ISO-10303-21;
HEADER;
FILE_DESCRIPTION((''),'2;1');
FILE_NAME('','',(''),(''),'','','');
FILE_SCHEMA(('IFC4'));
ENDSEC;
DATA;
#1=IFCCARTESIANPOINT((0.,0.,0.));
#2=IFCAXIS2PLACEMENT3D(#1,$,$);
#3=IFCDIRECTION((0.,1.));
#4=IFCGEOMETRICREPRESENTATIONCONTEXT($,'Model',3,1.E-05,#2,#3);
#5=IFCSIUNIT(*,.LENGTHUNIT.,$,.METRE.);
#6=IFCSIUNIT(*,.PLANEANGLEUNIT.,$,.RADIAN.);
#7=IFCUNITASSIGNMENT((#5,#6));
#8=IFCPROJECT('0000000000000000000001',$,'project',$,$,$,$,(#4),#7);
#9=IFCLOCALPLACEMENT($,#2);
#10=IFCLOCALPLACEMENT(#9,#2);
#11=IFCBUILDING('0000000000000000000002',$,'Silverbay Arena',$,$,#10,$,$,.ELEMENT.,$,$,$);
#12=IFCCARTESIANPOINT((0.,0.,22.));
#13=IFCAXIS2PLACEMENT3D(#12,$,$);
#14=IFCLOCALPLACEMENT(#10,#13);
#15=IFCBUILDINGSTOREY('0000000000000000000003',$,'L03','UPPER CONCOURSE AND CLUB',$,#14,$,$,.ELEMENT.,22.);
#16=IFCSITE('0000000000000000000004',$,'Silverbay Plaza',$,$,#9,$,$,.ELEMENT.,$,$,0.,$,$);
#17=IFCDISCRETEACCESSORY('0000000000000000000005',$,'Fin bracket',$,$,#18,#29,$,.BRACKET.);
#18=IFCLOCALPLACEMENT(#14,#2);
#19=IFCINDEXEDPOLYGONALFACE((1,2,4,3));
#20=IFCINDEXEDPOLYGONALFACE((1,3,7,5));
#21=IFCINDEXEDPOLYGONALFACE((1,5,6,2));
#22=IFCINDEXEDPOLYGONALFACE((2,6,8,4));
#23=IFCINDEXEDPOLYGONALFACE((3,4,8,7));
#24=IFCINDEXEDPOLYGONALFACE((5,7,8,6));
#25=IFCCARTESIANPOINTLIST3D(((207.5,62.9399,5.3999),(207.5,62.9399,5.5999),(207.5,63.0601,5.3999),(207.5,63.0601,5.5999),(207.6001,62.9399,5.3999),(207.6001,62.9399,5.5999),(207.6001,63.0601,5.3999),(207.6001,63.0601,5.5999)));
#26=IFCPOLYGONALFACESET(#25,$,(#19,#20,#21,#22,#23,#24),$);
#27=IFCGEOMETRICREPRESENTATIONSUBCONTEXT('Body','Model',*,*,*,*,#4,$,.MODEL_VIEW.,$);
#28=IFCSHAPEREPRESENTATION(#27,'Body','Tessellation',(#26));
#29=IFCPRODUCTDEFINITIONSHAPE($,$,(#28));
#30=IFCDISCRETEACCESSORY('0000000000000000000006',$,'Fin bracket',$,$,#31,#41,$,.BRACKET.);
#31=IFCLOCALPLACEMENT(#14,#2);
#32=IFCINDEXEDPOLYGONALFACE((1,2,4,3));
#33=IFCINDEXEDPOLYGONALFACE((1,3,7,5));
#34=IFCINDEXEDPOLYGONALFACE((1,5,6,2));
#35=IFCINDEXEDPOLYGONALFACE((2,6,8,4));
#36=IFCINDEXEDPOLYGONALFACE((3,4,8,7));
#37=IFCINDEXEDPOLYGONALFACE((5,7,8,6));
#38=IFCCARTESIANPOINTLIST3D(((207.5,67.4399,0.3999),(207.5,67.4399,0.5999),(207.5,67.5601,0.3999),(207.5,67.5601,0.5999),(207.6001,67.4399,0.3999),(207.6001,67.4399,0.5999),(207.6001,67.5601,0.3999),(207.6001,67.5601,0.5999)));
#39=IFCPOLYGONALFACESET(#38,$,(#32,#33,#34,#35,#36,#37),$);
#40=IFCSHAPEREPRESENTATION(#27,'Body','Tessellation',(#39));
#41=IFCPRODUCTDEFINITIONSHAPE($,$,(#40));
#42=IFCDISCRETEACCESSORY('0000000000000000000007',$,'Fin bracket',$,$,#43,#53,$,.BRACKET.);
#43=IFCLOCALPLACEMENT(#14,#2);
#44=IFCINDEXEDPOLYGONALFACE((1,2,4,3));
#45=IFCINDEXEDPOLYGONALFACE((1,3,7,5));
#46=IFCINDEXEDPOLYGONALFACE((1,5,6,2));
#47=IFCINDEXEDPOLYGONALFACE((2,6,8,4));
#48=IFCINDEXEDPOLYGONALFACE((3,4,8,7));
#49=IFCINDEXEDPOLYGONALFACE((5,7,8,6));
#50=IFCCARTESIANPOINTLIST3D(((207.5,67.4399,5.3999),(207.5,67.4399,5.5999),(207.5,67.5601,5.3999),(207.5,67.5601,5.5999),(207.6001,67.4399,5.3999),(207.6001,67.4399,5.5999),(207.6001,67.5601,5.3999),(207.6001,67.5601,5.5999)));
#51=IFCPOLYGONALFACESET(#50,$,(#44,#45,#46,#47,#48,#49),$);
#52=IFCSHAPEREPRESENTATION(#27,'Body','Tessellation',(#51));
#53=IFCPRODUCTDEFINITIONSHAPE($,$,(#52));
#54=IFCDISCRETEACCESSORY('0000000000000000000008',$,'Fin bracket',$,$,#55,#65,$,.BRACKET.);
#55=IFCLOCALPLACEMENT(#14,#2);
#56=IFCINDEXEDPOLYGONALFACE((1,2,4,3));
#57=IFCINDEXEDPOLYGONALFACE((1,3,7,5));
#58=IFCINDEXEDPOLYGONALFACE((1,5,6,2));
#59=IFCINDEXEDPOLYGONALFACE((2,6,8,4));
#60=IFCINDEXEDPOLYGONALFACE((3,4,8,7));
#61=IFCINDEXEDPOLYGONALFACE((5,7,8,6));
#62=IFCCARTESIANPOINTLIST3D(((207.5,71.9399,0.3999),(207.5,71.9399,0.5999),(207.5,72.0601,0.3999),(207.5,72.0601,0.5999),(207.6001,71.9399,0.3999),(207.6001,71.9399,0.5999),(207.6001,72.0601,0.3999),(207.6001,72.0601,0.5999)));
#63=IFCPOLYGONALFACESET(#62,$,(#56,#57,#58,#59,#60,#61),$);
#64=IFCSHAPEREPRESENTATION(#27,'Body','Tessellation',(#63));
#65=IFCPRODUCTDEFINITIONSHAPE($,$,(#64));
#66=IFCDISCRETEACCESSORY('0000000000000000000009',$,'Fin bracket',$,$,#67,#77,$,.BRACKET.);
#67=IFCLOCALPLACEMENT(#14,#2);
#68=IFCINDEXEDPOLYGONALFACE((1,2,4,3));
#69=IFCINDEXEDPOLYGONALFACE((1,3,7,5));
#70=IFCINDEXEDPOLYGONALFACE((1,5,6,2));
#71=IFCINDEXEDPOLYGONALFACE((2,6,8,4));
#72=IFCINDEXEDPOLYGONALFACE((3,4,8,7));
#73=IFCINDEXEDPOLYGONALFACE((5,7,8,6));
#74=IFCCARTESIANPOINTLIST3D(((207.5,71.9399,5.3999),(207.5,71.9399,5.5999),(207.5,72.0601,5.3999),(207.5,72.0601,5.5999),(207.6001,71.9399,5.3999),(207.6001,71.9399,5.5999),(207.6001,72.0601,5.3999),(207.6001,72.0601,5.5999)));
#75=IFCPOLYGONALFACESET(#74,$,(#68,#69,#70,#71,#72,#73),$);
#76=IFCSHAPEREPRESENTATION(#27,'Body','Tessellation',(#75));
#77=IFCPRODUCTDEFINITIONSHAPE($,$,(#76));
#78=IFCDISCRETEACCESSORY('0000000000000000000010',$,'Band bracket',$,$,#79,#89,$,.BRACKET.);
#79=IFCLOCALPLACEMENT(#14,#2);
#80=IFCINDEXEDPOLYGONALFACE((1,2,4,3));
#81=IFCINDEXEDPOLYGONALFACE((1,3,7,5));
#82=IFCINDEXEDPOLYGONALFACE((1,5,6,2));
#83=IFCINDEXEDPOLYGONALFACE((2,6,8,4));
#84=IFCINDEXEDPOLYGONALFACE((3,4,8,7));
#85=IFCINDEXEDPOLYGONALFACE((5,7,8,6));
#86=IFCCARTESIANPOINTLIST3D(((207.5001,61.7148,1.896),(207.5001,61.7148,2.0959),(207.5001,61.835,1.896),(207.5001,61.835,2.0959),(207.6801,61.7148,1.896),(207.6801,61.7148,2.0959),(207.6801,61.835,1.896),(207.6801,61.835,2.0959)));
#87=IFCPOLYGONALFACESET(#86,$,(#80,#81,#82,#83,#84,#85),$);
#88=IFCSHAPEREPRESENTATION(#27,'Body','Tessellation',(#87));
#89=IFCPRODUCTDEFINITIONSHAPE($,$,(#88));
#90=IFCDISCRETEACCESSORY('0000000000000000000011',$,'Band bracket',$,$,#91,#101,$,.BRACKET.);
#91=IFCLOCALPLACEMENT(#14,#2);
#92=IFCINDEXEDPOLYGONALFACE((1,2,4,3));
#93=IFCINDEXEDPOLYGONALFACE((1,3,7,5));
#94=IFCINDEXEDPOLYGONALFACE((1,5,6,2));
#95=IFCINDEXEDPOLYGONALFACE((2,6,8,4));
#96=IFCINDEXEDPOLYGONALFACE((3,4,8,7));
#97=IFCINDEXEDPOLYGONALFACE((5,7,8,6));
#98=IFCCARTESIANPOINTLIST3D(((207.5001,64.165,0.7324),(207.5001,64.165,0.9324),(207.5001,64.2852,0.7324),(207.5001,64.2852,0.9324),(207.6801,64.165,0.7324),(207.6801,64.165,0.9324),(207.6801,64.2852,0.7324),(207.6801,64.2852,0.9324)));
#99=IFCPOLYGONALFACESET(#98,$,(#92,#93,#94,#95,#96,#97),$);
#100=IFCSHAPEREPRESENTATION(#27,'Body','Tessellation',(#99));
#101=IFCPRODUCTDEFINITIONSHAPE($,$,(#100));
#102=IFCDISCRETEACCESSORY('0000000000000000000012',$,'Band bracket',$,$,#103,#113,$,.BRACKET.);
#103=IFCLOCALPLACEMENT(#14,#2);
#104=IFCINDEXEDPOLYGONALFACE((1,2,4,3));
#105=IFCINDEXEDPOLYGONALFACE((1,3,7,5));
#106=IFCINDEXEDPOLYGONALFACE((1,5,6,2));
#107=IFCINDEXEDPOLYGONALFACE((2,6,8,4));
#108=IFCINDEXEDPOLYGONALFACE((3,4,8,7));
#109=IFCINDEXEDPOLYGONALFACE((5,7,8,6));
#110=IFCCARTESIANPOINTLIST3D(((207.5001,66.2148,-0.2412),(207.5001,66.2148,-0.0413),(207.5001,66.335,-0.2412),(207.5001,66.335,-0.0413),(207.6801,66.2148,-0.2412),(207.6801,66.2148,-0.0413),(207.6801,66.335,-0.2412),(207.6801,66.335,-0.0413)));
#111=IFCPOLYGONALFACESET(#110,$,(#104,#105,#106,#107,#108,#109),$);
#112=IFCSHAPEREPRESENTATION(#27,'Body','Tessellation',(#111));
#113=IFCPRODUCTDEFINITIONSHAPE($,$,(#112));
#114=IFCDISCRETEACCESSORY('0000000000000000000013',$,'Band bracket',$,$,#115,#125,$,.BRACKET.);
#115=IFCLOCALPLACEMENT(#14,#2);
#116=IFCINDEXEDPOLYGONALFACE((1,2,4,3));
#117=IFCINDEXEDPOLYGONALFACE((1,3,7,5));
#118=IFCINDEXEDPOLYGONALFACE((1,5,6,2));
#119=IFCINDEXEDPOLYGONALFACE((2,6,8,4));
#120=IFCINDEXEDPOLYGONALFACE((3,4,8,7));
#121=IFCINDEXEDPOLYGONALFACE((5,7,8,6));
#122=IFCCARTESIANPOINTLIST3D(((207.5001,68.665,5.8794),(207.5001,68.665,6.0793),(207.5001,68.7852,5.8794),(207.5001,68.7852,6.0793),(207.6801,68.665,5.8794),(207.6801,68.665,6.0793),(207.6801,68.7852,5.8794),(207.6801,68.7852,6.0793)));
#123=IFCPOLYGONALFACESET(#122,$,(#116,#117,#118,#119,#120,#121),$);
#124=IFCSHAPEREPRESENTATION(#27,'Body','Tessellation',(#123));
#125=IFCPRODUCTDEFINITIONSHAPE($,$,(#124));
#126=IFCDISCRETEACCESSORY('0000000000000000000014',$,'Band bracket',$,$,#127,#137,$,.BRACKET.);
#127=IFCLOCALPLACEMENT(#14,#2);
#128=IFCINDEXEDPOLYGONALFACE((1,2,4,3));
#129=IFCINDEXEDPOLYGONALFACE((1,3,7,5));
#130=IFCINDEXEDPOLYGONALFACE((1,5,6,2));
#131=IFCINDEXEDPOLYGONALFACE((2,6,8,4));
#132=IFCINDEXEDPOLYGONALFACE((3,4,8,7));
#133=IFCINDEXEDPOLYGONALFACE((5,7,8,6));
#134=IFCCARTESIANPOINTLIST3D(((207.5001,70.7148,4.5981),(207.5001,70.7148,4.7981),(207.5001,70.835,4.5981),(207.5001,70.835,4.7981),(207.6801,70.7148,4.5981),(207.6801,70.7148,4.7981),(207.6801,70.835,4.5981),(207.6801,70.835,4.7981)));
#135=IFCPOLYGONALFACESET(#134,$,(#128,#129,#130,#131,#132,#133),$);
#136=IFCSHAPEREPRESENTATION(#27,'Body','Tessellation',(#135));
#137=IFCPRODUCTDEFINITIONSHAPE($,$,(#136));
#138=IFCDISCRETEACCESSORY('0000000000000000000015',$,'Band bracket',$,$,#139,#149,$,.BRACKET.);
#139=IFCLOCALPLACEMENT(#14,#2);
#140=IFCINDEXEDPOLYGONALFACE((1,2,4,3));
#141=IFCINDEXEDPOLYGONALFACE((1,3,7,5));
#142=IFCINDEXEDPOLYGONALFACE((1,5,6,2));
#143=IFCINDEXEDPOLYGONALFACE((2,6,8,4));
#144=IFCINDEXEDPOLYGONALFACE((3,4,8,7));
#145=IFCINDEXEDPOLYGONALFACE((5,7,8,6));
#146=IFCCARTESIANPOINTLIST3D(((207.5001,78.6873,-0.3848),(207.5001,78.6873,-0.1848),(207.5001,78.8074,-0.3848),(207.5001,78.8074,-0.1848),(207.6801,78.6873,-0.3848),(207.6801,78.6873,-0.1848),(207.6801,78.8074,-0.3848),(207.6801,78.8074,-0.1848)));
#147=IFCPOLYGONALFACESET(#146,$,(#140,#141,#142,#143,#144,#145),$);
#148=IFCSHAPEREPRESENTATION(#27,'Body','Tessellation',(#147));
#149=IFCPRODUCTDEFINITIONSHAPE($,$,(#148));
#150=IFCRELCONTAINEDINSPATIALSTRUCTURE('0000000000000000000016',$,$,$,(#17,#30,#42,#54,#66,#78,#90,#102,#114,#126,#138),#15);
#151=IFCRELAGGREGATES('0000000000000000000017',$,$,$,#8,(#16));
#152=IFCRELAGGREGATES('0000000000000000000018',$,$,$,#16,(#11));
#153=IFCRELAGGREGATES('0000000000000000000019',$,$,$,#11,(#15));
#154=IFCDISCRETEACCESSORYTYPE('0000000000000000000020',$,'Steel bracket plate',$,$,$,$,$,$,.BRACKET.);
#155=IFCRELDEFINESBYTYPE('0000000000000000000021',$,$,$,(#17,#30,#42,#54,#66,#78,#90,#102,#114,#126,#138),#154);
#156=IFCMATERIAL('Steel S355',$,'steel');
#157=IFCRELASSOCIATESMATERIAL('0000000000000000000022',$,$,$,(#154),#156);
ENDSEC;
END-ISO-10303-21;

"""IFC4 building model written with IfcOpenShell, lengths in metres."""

from ifc_helpers import new_model, si_unit, direction, frame, origin, origin_2d, place, context, subcontext, project, spatial, rectangle, extrude, material, type_object, element, save


model = new_model("IFC4")

# Units and contexts
model_context = context("Model", 3, precision=1e-05, world=origin(), true_north=direction((0.0, 1.0)))
body_context = subcontext(model_context, "Body", "Model", "MODEL_VIEW")
ifc_project = project(units=[si_unit("LENGTHUNIT", "METRE"), si_unit("PLANEANGLEUNIT", "RADIAN")], contexts=[model_context])

# Site, building, storey
site_placement = place(None, origin())
site = spatial("IfcSite", under=ifc_project, at=site_placement, Name="Silverbay Plaza", CompositionType="ELEMENT", RefElevation=0.0)
building_placement = place(site_placement, origin())
building = spatial("IfcBuilding", under=site, at=building_placement, Name="Silverbay Arena", CompositionType="ELEMENT")
storey_placement = place(building_placement, frame((0.0, 0.0, 22.0)))
storey = spatial("IfcBuildingStorey", under=building, at=storey_placement, Name="L03", Description="UPPER CONCOURSE AND CLUB", CompositionType="ELEMENT", Elevation=22.0)

# Discrete accessories
ifc_material_1 = material(Name="Steel S355", Category="steel")
discrete_accessory_type = type_object("IfcDiscreteAccessoryType", Name="Steel bracket plate", PredefinedType="BRACKET", material=ifc_material_1)
for number, where, z_axis, x_axis, name in (
    (1, (207.55, 63.0, 5.3999), (0.0, 0.0, 1.0), (1.0, 0.0, 0.0), "Fin bracket"),
    (2, (207.55, 67.5, 0.3999), (0.0, 0.0, 1.0), (1.0, 0.0, 0.0), "Fin bracket"),
    (3, (207.55, 67.5, 5.3999), (0.0, 0.0, 1.0), (1.0, 0.0, 0.0), "Fin bracket"),
    (4, (207.55, 72.0, 0.3999), (0.0, 0.0, 1.0), (1.0, 0.0, 0.0), "Fin bracket"),
    (5, (207.55, 72.0, 5.3999), (0.0, 0.0, 1.0), (1.0, 0.0, 0.0), "Fin bracket"),
):
    element("IfcDiscreteAccessory", number, at=place(storey_placement, frame(where, z_axis=z_axis, x_axis=x_axis)), inside=storey, type_object=discrete_accessory_type, Name=name, PredefinedType="BRACKET", context=body_context, shape_type="SweptSolid", body=[
        extrude(rectangle(XDim=0.1001, YDim=0.1201, at=origin_2d()), origin(), (0.0, 0.0, 1.0), 0.2),
    ])
for number, where, z_axis, x_axis, name in (
    (6, (207.5901, 61.7749, 1.896), (0.0, 0.0, 1.0), (1.0, 0.0, 0.0), "Band bracket"),
    (7, (207.5901, 64.2251, 0.7324), (0.0, 0.0, 1.0), (1.0, 0.0, 0.0), "Band bracket"),
    (8, (207.5901, 66.2749, -0.2412), (0.0, 0.0, 1.0), (1.0, 0.0, 0.0), "Band bracket"),
    (9, (207.5901, 68.7251, 5.8794), (0.0, 0.0, 1.0), (1.0, 0.0, 0.0), "Band bracket"),
    (10, (207.5901, 70.7749, 4.5981), (0.0, 0.0, 1.0), (1.0, 0.0, 0.0), "Band bracket"),
    (11, (207.5901, 78.7473, -0.3848), (0.0, 0.0, 1.0), (1.0, 0.0, 0.0), "Band bracket"),
):
    element("IfcDiscreteAccessory", number, at=place(storey_placement, frame(where, z_axis=z_axis, x_axis=x_axis)), inside=storey, type_object=discrete_accessory_type, Name=name, PredefinedType="BRACKET", context=body_context, shape_type="SweptSolid", body=[
        extrude(rectangle(XDim=0.1799, YDim=0.1201, at=origin_2d()), origin(), (0.0, 0.0, 1.0), 0.2),
    ])

save(model, "model.ifc")
